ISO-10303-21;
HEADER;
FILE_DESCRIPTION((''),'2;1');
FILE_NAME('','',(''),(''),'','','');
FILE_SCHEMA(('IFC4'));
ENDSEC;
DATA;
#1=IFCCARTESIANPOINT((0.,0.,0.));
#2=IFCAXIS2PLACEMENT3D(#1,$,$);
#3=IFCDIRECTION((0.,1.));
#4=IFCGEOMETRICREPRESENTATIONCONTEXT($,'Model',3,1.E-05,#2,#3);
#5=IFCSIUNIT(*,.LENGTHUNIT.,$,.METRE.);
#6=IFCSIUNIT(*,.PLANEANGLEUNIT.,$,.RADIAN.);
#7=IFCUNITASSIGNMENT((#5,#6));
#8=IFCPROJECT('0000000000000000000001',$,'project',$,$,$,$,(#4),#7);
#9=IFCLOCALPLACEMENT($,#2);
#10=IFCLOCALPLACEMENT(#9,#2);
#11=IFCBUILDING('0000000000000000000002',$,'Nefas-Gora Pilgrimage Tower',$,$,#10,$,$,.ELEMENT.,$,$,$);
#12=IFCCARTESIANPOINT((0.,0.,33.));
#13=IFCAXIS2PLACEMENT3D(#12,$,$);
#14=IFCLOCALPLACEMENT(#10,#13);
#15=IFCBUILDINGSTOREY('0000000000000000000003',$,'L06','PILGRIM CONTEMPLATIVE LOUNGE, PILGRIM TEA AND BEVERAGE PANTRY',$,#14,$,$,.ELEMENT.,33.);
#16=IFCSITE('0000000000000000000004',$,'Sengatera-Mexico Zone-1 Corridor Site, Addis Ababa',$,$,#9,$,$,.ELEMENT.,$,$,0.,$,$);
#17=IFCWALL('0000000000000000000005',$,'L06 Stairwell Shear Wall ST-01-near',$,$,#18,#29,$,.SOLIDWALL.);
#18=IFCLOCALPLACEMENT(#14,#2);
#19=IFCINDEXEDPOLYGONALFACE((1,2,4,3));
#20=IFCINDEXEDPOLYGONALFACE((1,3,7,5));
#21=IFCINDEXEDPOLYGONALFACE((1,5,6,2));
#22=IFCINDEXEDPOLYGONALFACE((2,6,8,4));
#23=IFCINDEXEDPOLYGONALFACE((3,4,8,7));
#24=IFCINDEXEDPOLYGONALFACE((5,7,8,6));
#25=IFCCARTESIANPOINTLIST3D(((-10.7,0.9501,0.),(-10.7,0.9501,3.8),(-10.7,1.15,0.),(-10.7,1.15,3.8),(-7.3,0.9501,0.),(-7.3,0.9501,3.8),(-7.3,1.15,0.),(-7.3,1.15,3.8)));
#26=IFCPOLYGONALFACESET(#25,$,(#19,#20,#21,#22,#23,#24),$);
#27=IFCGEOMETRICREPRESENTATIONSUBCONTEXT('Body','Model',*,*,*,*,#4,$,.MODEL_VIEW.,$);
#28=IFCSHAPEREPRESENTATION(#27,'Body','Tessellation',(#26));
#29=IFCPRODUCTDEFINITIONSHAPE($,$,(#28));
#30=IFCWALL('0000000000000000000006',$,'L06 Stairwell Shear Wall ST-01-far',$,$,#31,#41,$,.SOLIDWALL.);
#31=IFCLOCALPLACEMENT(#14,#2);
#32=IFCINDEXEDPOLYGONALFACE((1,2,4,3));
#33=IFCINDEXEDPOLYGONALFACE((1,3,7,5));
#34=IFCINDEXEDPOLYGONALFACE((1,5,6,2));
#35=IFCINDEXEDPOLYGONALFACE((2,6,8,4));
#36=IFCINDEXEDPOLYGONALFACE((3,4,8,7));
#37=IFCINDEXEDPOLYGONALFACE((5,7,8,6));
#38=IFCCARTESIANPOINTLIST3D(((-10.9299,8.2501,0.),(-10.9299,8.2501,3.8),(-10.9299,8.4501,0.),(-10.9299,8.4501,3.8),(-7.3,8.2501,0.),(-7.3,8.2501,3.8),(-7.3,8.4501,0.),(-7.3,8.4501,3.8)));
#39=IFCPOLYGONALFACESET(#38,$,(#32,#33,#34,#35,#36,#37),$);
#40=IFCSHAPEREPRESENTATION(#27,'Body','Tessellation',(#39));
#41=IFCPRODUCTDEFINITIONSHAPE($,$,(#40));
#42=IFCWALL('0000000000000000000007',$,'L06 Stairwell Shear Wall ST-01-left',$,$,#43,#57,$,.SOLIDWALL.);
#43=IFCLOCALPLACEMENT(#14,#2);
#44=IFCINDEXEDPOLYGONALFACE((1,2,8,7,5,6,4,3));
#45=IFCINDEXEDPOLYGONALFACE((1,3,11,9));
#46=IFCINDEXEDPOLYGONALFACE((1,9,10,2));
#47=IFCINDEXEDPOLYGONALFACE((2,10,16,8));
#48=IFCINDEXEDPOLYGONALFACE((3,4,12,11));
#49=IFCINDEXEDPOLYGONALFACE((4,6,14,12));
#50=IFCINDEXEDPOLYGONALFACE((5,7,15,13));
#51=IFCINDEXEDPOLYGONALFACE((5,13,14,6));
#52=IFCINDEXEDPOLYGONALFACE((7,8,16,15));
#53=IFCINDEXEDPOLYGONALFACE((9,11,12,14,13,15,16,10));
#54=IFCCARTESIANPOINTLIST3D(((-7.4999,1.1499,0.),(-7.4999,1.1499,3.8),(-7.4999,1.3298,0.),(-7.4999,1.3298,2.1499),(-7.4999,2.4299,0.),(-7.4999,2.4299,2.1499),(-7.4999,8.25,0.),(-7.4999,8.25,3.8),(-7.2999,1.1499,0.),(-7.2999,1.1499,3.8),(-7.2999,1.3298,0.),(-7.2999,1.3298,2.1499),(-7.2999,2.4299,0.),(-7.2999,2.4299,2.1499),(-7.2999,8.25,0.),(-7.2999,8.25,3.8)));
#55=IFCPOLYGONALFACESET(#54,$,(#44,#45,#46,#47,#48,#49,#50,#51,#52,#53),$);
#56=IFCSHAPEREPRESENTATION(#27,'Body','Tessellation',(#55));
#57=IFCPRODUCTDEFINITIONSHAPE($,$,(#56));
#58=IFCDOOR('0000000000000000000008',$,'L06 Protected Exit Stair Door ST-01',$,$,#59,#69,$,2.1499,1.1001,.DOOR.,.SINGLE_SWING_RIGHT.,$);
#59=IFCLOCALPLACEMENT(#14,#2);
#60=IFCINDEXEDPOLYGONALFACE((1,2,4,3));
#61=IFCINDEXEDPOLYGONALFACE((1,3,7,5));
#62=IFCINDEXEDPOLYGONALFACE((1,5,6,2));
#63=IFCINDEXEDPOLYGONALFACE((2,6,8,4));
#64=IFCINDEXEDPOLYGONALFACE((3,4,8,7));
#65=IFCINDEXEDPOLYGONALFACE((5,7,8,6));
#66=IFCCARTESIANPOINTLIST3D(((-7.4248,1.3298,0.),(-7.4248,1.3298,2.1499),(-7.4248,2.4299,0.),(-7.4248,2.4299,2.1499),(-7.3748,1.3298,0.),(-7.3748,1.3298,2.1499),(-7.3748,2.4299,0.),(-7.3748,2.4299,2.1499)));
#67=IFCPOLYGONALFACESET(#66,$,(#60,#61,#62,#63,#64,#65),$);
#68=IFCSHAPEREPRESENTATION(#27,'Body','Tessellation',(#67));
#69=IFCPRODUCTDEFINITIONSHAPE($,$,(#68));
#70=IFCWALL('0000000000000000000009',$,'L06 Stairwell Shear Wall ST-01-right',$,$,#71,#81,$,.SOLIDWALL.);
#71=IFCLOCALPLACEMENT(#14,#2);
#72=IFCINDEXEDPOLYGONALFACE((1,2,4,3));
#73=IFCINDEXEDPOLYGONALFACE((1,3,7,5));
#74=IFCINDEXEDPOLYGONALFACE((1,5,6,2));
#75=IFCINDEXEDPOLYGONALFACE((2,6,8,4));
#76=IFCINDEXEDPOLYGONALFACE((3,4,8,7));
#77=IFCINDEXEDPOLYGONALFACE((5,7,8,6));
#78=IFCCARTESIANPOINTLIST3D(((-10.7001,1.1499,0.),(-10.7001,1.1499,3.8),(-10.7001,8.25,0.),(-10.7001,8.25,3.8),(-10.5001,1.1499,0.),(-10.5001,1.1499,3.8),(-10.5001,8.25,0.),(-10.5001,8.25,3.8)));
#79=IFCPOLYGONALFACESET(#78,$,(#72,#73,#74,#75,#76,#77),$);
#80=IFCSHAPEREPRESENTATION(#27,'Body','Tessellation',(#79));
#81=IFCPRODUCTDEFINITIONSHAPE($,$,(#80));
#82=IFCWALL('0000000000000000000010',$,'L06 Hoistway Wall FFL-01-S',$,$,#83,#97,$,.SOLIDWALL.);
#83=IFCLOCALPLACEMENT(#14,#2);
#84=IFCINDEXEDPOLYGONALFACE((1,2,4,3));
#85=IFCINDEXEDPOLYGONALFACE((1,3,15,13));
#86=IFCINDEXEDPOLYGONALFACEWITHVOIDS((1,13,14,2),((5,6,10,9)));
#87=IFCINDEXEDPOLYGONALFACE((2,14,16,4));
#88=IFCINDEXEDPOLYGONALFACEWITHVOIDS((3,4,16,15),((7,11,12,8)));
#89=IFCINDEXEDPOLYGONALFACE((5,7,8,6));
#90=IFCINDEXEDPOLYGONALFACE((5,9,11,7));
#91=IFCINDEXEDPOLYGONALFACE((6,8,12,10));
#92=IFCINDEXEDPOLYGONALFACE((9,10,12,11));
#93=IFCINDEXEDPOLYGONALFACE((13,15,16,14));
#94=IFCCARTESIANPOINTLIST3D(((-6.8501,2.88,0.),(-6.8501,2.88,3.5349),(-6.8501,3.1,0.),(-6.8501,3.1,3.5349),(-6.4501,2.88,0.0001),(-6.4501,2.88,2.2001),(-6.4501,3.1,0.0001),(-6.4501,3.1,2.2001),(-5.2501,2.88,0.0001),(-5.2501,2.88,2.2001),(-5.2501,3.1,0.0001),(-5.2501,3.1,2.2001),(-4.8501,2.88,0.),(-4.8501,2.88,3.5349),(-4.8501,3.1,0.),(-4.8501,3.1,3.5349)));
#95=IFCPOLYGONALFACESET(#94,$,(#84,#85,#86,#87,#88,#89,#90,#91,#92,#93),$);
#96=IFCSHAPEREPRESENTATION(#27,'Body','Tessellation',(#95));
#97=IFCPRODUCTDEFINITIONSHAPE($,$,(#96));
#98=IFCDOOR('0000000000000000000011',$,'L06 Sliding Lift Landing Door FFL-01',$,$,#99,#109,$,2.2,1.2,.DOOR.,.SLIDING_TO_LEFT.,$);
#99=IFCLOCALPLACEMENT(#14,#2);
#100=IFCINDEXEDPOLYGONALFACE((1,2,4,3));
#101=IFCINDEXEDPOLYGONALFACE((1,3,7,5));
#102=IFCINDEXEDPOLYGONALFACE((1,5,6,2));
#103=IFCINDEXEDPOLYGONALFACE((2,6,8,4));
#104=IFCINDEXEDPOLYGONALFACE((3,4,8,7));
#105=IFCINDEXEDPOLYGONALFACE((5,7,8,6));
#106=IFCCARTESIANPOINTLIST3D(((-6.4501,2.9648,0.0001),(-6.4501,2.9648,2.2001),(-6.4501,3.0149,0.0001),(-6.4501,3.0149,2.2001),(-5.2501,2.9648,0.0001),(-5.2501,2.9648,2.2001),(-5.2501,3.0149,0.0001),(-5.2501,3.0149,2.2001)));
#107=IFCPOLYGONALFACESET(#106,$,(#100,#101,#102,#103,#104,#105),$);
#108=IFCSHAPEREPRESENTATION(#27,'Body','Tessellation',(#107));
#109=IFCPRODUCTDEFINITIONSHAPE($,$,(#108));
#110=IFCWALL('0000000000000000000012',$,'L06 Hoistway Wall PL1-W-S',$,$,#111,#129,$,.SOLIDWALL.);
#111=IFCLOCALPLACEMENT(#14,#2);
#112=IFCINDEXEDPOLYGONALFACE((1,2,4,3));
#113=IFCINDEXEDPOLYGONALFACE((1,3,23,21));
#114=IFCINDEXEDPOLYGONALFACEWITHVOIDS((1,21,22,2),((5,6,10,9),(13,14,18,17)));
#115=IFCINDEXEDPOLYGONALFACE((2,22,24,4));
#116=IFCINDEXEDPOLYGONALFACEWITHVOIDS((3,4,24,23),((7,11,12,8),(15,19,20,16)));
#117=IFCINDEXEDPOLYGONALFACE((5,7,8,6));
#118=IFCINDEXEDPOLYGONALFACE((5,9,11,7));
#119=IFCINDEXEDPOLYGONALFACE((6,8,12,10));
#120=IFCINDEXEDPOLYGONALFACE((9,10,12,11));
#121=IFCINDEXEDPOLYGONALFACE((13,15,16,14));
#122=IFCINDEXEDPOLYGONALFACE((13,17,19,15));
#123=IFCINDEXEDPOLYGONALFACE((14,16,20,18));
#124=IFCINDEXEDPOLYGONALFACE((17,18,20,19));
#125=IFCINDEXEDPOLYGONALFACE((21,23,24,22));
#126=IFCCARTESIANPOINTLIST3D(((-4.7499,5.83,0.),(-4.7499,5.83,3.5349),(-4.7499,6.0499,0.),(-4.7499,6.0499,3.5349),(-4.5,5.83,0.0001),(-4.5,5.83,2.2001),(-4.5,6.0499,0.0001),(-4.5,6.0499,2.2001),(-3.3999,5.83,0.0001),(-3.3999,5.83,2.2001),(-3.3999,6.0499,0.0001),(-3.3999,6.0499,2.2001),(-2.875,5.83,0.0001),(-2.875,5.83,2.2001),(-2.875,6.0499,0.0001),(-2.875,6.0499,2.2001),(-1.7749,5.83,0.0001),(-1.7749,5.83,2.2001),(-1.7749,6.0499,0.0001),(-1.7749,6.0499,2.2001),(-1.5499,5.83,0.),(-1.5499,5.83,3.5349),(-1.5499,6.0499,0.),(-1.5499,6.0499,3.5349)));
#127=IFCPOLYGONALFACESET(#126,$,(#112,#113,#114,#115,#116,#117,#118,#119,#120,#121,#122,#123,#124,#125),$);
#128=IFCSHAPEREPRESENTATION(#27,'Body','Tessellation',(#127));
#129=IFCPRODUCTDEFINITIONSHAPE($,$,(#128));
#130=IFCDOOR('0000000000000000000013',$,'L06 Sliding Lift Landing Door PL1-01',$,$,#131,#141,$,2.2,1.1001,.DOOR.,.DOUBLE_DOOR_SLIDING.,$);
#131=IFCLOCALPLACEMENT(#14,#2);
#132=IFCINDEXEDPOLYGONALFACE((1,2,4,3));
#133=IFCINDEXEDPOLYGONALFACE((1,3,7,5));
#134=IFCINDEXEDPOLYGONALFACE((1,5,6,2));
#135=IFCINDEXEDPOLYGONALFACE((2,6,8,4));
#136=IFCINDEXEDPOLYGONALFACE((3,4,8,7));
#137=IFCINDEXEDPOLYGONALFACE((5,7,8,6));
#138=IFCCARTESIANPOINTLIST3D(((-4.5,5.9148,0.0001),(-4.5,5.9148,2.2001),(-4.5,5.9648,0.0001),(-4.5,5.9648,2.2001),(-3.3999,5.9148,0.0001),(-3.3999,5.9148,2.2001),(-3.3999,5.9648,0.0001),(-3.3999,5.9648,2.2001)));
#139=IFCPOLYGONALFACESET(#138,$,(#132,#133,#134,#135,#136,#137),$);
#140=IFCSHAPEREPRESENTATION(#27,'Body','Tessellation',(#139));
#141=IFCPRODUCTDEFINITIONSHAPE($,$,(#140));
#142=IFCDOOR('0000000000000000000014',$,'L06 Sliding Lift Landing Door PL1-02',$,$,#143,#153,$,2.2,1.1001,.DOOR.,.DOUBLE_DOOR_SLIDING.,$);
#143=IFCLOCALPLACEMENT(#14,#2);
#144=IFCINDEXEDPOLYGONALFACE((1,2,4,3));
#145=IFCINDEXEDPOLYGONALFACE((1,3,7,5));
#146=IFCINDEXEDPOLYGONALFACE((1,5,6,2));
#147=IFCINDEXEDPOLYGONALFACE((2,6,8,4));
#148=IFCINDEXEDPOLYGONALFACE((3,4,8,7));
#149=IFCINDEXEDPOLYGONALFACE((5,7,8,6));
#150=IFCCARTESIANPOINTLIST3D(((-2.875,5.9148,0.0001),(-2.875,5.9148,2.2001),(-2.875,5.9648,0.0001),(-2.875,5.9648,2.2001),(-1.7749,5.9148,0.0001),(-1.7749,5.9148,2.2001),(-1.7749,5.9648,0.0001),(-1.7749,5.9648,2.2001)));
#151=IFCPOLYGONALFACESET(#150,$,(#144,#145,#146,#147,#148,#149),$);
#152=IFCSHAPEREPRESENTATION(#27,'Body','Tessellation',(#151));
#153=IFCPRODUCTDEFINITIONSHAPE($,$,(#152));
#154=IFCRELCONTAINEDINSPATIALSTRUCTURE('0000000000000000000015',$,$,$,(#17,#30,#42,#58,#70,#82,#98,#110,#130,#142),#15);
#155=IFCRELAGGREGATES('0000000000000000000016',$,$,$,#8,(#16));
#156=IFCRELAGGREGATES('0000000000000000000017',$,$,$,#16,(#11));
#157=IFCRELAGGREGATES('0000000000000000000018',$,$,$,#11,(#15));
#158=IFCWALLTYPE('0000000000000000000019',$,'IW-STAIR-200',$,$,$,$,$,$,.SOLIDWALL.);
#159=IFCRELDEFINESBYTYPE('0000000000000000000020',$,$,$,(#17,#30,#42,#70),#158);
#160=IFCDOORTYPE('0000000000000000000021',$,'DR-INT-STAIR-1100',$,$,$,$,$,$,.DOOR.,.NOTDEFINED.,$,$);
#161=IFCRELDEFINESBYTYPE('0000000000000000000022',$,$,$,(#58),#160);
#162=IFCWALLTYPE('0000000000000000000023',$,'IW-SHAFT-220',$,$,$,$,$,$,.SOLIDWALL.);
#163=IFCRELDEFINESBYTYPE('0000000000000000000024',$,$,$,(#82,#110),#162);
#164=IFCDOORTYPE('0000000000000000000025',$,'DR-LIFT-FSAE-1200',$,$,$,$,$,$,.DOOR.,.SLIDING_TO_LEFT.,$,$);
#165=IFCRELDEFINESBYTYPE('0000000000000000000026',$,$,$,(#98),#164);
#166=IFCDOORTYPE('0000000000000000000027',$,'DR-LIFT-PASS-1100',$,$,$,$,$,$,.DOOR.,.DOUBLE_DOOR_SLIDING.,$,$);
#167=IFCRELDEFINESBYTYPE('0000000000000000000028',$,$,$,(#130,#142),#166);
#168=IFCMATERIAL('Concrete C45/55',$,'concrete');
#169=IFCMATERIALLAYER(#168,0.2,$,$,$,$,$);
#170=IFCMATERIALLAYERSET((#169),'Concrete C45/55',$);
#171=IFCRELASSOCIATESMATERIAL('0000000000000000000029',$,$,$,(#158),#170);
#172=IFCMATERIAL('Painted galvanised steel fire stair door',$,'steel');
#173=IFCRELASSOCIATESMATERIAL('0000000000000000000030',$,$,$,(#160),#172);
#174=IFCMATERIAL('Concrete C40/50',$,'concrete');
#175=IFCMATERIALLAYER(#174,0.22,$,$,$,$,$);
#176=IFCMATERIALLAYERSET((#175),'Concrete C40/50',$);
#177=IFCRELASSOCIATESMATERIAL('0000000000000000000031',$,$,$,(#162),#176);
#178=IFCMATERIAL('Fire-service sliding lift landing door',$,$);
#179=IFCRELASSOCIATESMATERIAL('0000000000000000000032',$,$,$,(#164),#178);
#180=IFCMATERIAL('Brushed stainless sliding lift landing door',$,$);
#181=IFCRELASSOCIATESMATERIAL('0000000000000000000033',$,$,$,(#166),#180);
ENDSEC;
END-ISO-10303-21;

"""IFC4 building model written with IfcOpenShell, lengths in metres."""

from ifc_helpers import new_model, si_unit, direction, frame, frame_2d, origin, place, context, subcontext, project, spatial, rectangle, extrude, source, transform, mapped, material, layer, layer_set, type_object, element, fill, save


model = new_model("IFC4")

# Units and contexts
model_context = context("Model", 3, precision=1e-05, world=origin(), true_north=direction((0.0, 1.0)))
body_context = subcontext(model_context, "Body", "Model", "MODEL_VIEW")
ifc_project = project(units=[si_unit("LENGTHUNIT", "METRE"), si_unit("PLANEANGLEUNIT", "RADIAN")], contexts=[model_context])

# Site, building, storey
site_placement = place(None, origin())
site = spatial("IfcSite", under=ifc_project, at=site_placement, Name="Sengatera-Mexico Zone-1 Corridor Site, Addis Ababa", CompositionType="ELEMENT", RefElevation=0.0)
building_placement = place(site_placement, origin())
building = spatial("IfcBuilding", under=site, at=building_placement, Name="Nefas-Gora Pilgrimage Tower", CompositionType="ELEMENT")
storey_placement = place(building_placement, frame((0.0, 0.0, 33.0)))
storey = spatial("IfcBuildingStorey", under=building, at=storey_placement, Name="L06", Description="PILGRIM CONTEMPLATIVE LOUNGE, PILGRIM TEA AND BEVERAGE PANTRY", CompositionType="ELEMENT", Elevation=33.0)

# Walls
ifc_material_1 = material(Name="Concrete C45/55", Category="concrete")
ifc_layer_1 = layer(ifc_material_1, 0.2)
ifc_layer_set_1 = layer_set([ifc_layer_1], Name="Concrete C45/55")
wall_type_1 = type_object("IfcWallType", Name="IW-STAIR-200", PredefinedType="SOLIDWALL", material=ifc_layer_set_1)
shared_shape_1 = source(origin(), body_context, "Body", "SweptSolid", [
    extrude(rectangle(XDim=3.3999, YDim=0.2, at=frame_2d((1.7, 0.0))), origin(), (0.0, 0.0, 1.0), 3.8),
])
wall_1_placement = place(storey_placement, frame((-7.3, 1.05, 0.0), z_axis=(0.0, 0.0, 1.0), x_axis=(-1.0, 0.0, 0.0)))
element("IfcWall", 1, at=wall_1_placement, inside=storey, type_object=wall_type_1, Name="L06 Stairwell Shear Wall ST-01-near", PredefinedType="SOLIDWALL", context=body_context, shape_type="MappedRepresentation", body=[
    mapped(shared_shape_1, transform((0.0, 0.0, 0.0), x_axis=(1.0, 0.0, 0.0), y_axis=(0.0, 1.0, 0.0), z_axis=(0.0, 0.0, 1.0), scale=1.0)),
])
shared_shape_2 = source(origin(), body_context, "Body", "SweptSolid", [
    extrude(rectangle(XDim=3.6299, YDim=0.2, at=frame_2d((1.8149, 0.0))), origin(), (0.0, 0.0, 1.0), 3.8),
])
wall_2_placement = place(storey_placement, frame((-7.3, 8.3501, 0.0), z_axis=(0.0, 0.0, 1.0), x_axis=(-1.0, 0.0, 0.0)))
element("IfcWall", 2, at=wall_2_placement, inside=storey, type_object=wall_type_1, Name="L06 Stairwell Shear Wall ST-01-far", PredefinedType="SOLIDWALL", context=body_context, shape_type="MappedRepresentation", body=[
    mapped(shared_shape_2, transform((0.0, 0.0, 0.0), x_axis=(1.0, 0.0, 0.0), y_axis=(0.0, 1.0, 0.0), z_axis=(0.0, 0.0, 1.0), scale=1.0)),
])

# Wall, opening, door
shared_shape_3 = source(origin(), body_context, "Body", "SweptSolid", [
    extrude(rectangle(XDim=7.1001, YDim=0.2, at=frame_2d((3.55, 0.0))), origin(), (0.0, 0.0, 1.0), 3.8),
])
wall_3_placement = place(storey_placement, frame((-7.3999, 1.1499, 0.0), z_axis=(0.0, 0.0, 1.0), x_axis=(0.0, 1.0, 0.0)))
wall_3 = element("IfcWall", 3, at=wall_3_placement, inside=storey, type_object=wall_type_1, Name="L06 Stairwell Shear Wall ST-01-left", PredefinedType="SOLIDWALL", context=body_context, shape_type="MappedRepresentation", body=[
    mapped(shared_shape_3, transform((0.0, 0.0, 0.0), x_axis=(1.0, 0.0, 0.0), y_axis=(0.0, 1.0, 0.0), z_axis=(0.0, 0.0, 1.0), scale=1.0)),
])
opening_1_placement = place(wall_3_placement, frame((0.1799, 0.0, 0.0)))
opening_1 = element("IfcOpeningElement", 4, at=opening_1_placement, cuts=wall_3, PredefinedType="OPENING", context=body_context, shape_type="SweptSolid", body=[
    extrude(rectangle(XDim=1.1001, YDim=2.1499, at=frame_2d((0.55, 1.075))), frame((0.0, 0.1099, 0.0), z_axis=(0.0, -1.0, 0.0), x_axis=(1.0, 0.0, 0.0)), (0.0, 0.0, 1.0), 0.22),
])
ifc_material_2 = material(Name="Painted galvanised steel fire stair door", Category="steel")
door_type_1 = type_object("IfcDoorType", Name="DR-INT-STAIR-1100", OperationType="NOTDEFINED", PredefinedType="DOOR", material=ifc_material_2)
shared_shape_4 = source(origin(), body_context, "Body", "SweptSolid", [
    extrude(rectangle(XDim=1.1001, YDim=2.1499, at=frame_2d((0.55, 1.075))), frame((0.0, 0.0249, 0.0), z_axis=(0.0, -1.0, 0.0), x_axis=(1.0, 0.0, 0.0)), (0.0, 0.0, 1.0), 0.05),
])
door_1_placement = place(opening_1_placement, origin())
door_1 = element("IfcDoor", 5, at=door_1_placement, inside=storey, type_object=door_type_1, Name="L06 Protected Exit Stair Door ST-01", OperationType="SINGLE_SWING_RIGHT", OverallHeight=2.1499, OverallWidth=1.1001, PredefinedType="DOOR", context=body_context, shape_type="MappedRepresentation", body=[
    mapped(shared_shape_4, transform((0.0, 0.0, 0.0), x_axis=(1.0, 0.0, 0.0), y_axis=(0.0, 1.0, 0.0), z_axis=(0.0, 0.0, 1.0), scale=1.0)),
])
fill(opening_1, door_1)

# Wall
wall_4_placement = place(storey_placement, frame((-10.6001, 1.1499, 0.0), z_axis=(0.0, 0.0, 1.0), x_axis=(0.0, 1.0, 0.0)))
element("IfcWall", 6, at=wall_4_placement, inside=storey, type_object=wall_type_1, Name="L06 Stairwell Shear Wall ST-01-right", PredefinedType="SOLIDWALL", context=body_context, shape_type="MappedRepresentation", body=[
    mapped(shared_shape_3, transform((0.0, 0.0, 0.0), x_axis=(1.0, 0.0, 0.0), y_axis=(0.0, 1.0, 0.0), z_axis=(0.0, 0.0, 1.0), scale=1.0)),
])

# Wall, opening, door
ifc_material_3 = material(Name="Concrete C40/50", Category="concrete")
ifc_layer_2 = layer(ifc_material_3, 0.22)
ifc_layer_set_2 = layer_set([ifc_layer_2], Name="Concrete C40/50")
wall_type_2 = type_object("IfcWallType", Name="IW-SHAFT-220", PredefinedType="SOLIDWALL", material=ifc_layer_set_2)
shared_shape_5 = source(origin(), body_context, "Body", "SweptSolid", [
    extrude(rectangle(XDim=2.0, YDim=0.22, at=frame_2d((1.0, 0.0))), origin(), (0.0, 0.0, 1.0), 3.5349),
])
wall_5_placement = place(storey_placement, frame((-6.8501, 2.99, 0.0), z_axis=(0.0, 0.0, 1.0), x_axis=(1.0, 0.0, 0.0)))
wall_5 = element("IfcWall", 7, at=wall_5_placement, inside=storey, type_object=wall_type_2, Name="L06 Hoistway Wall FFL-01-S", PredefinedType="SOLIDWALL", context=body_context, shape_type="MappedRepresentation", body=[
    mapped(shared_shape_5, transform((0.0, 0.0, 0.0), x_axis=(1.0, 0.0, 0.0), y_axis=(0.0, 1.0, 0.0), z_axis=(0.0, 0.0, 1.0), scale=1.0)),
])
opening_2_placement = place(wall_5_placement, frame((0.3999, 0.0, 0.0)))
opening_2 = element("IfcOpeningElement", 8, at=opening_2_placement, cuts=wall_5, PredefinedType="OPENING", context=body_context, shape_type="SweptSolid", body=[
    extrude(rectangle(XDim=1.2, YDim=2.2, at=frame_2d((0.6001, 1.1001))), frame((0.0, 0.1199, 0.0), z_axis=(0.0, -1.0, 0.0), x_axis=(1.0, 0.0, 0.0)), (0.0, 0.0, 1.0), 0.24),
])
ifc_material_4 = material(Name="Fire-service sliding lift landing door")
door_type_2 = type_object("IfcDoorType", Name="DR-LIFT-FSAE-1200", OperationType="SLIDING_TO_LEFT", PredefinedType="DOOR", material=ifc_material_4)
shared_shape_6 = source(origin(), body_context, "Body", "SweptSolid", [
    extrude(rectangle(XDim=1.2, YDim=2.2, at=frame_2d((0.6001, 1.1001))), frame((0.0, 0.0249, 0.0), z_axis=(0.0, -1.0, 0.0), x_axis=(1.0, 0.0, 0.0)), (0.0, 0.0, 1.0), 0.05),
])
door_2_placement = place(opening_2_placement, origin())
door_2 = element("IfcDoor", 9, at=door_2_placement, inside=storey, type_object=door_type_2, Name="L06 Sliding Lift Landing Door FFL-01", OperationType="SLIDING_TO_LEFT", OverallHeight=2.2, OverallWidth=1.2, PredefinedType="DOOR", context=body_context, shape_type="MappedRepresentation", body=[
    mapped(shared_shape_6, transform((0.0, 0.0, 0.0), x_axis=(1.0, 0.0, 0.0), y_axis=(0.0, 1.0, 0.0), z_axis=(0.0, 0.0, 1.0), scale=1.0)),
])
fill(opening_2, door_2)

# Wall, openings, doors
shared_shape_7 = source(origin(), body_context, "Body", "SweptSolid", [
    extrude(rectangle(XDim=3.2, YDim=0.22, at=frame_2d((1.6001, 0.0))), origin(), (0.0, 0.0, 1.0), 3.5349),
])
wall_6_placement = place(storey_placement, frame((-4.75, 5.9399, 0.0), z_axis=(0.0, 0.0, 1.0), x_axis=(1.0, 0.0, 0.0)))
wall_6 = element("IfcWall", 10, at=wall_6_placement, inside=storey, type_object=wall_type_2, Name="L06 Hoistway Wall PL1-W-S", PredefinedType="SOLIDWALL", context=body_context, shape_type="MappedRepresentation", body=[
    mapped(shared_shape_7, transform((0.0, 0.0, 0.0), x_axis=(1.0, 0.0, 0.0), y_axis=(0.0, 1.0, 0.0), z_axis=(0.0, 0.0, 1.0), scale=1.0)),
])
opening_3_placement = place(wall_6_placement, frame((0.25, 0.0, 0.0)))
opening_3 = element("IfcOpeningElement", 11, at=opening_3_placement, cuts=wall_6, PredefinedType="OPENING", context=body_context, shape_type="SweptSolid", body=[
    extrude(rectangle(XDim=1.1001, YDim=2.2, at=frame_2d((0.55, 1.1001))), frame((0.0, 0.1199, 0.0), z_axis=(0.0, -1.0, 0.0), x_axis=(1.0, 0.0, 0.0)), (0.0, 0.0, 1.0), 0.24),
])
opening_4_placement = place(wall_6_placement, frame((1.875, 0.0, 0.0)))
opening_4 = element("IfcOpeningElement", 12, at=opening_4_placement, cuts=wall_6, PredefinedType="OPENING", context=body_context, shape_type="SweptSolid", body=[
    extrude(rectangle(XDim=1.1001, YDim=2.2, at=frame_2d((0.55, 1.1001))), frame((0.0, 0.1199, 0.0), z_axis=(0.0, -1.0, 0.0), x_axis=(1.0, 0.0, 0.0)), (0.0, 0.0, 1.0), 0.24),
])
ifc_material_5 = material(Name="Brushed stainless sliding lift landing door")
door_type_3 = type_object("IfcDoorType", Name="DR-LIFT-PASS-1100", OperationType="DOUBLE_DOOR_SLIDING", PredefinedType="DOOR", material=ifc_material_5)
shared_shape_8 = source(origin(), body_context, "Body", "SweptSolid", [
    extrude(rectangle(XDim=1.1001, YDim=2.2, at=frame_2d((0.55, 1.1001))), frame((0.0, 0.0249, 0.0), z_axis=(0.0, -1.0, 0.0), x_axis=(1.0, 0.0, 0.0)), (0.0, 0.0, 1.0), 0.05),
])
door_3_placement = place(opening_3_placement, origin())
door_3 = element("IfcDoor", 13, at=door_3_placement, inside=storey, type_object=door_type_3, Name="L06 Sliding Lift Landing Door PL1-01", OperationType="DOUBLE_DOOR_SLIDING", OverallHeight=2.2, OverallWidth=1.1001, PredefinedType="DOOR", context=body_context, shape_type="MappedRepresentation", body=[
    mapped(shared_shape_8, transform((0.0, 0.0, 0.0), x_axis=(1.0, 0.0, 0.0), y_axis=(0.0, 1.0, 0.0), z_axis=(0.0, 0.0, 1.0), scale=1.0)),
])
fill(opening_3, door_3)
door_4_placement = place(opening_4_placement, origin())
door_4 = element("IfcDoor", 14, at=door_4_placement, inside=storey, type_object=door_type_3, Name="L06 Sliding Lift Landing Door PL1-02", OperationType="DOUBLE_DOOR_SLIDING", OverallHeight=2.2, OverallWidth=1.1001, PredefinedType="DOOR", context=body_context, shape_type="MappedRepresentation", body=[
    mapped(shared_shape_8, transform((0.0, 0.0, 0.0), x_axis=(1.0, 0.0, 0.0), y_axis=(0.0, 1.0, 0.0), z_axis=(0.0, 0.0, 1.0), scale=1.0)),
])
fill(opening_4, door_4)

save(model, "model.ifc")
